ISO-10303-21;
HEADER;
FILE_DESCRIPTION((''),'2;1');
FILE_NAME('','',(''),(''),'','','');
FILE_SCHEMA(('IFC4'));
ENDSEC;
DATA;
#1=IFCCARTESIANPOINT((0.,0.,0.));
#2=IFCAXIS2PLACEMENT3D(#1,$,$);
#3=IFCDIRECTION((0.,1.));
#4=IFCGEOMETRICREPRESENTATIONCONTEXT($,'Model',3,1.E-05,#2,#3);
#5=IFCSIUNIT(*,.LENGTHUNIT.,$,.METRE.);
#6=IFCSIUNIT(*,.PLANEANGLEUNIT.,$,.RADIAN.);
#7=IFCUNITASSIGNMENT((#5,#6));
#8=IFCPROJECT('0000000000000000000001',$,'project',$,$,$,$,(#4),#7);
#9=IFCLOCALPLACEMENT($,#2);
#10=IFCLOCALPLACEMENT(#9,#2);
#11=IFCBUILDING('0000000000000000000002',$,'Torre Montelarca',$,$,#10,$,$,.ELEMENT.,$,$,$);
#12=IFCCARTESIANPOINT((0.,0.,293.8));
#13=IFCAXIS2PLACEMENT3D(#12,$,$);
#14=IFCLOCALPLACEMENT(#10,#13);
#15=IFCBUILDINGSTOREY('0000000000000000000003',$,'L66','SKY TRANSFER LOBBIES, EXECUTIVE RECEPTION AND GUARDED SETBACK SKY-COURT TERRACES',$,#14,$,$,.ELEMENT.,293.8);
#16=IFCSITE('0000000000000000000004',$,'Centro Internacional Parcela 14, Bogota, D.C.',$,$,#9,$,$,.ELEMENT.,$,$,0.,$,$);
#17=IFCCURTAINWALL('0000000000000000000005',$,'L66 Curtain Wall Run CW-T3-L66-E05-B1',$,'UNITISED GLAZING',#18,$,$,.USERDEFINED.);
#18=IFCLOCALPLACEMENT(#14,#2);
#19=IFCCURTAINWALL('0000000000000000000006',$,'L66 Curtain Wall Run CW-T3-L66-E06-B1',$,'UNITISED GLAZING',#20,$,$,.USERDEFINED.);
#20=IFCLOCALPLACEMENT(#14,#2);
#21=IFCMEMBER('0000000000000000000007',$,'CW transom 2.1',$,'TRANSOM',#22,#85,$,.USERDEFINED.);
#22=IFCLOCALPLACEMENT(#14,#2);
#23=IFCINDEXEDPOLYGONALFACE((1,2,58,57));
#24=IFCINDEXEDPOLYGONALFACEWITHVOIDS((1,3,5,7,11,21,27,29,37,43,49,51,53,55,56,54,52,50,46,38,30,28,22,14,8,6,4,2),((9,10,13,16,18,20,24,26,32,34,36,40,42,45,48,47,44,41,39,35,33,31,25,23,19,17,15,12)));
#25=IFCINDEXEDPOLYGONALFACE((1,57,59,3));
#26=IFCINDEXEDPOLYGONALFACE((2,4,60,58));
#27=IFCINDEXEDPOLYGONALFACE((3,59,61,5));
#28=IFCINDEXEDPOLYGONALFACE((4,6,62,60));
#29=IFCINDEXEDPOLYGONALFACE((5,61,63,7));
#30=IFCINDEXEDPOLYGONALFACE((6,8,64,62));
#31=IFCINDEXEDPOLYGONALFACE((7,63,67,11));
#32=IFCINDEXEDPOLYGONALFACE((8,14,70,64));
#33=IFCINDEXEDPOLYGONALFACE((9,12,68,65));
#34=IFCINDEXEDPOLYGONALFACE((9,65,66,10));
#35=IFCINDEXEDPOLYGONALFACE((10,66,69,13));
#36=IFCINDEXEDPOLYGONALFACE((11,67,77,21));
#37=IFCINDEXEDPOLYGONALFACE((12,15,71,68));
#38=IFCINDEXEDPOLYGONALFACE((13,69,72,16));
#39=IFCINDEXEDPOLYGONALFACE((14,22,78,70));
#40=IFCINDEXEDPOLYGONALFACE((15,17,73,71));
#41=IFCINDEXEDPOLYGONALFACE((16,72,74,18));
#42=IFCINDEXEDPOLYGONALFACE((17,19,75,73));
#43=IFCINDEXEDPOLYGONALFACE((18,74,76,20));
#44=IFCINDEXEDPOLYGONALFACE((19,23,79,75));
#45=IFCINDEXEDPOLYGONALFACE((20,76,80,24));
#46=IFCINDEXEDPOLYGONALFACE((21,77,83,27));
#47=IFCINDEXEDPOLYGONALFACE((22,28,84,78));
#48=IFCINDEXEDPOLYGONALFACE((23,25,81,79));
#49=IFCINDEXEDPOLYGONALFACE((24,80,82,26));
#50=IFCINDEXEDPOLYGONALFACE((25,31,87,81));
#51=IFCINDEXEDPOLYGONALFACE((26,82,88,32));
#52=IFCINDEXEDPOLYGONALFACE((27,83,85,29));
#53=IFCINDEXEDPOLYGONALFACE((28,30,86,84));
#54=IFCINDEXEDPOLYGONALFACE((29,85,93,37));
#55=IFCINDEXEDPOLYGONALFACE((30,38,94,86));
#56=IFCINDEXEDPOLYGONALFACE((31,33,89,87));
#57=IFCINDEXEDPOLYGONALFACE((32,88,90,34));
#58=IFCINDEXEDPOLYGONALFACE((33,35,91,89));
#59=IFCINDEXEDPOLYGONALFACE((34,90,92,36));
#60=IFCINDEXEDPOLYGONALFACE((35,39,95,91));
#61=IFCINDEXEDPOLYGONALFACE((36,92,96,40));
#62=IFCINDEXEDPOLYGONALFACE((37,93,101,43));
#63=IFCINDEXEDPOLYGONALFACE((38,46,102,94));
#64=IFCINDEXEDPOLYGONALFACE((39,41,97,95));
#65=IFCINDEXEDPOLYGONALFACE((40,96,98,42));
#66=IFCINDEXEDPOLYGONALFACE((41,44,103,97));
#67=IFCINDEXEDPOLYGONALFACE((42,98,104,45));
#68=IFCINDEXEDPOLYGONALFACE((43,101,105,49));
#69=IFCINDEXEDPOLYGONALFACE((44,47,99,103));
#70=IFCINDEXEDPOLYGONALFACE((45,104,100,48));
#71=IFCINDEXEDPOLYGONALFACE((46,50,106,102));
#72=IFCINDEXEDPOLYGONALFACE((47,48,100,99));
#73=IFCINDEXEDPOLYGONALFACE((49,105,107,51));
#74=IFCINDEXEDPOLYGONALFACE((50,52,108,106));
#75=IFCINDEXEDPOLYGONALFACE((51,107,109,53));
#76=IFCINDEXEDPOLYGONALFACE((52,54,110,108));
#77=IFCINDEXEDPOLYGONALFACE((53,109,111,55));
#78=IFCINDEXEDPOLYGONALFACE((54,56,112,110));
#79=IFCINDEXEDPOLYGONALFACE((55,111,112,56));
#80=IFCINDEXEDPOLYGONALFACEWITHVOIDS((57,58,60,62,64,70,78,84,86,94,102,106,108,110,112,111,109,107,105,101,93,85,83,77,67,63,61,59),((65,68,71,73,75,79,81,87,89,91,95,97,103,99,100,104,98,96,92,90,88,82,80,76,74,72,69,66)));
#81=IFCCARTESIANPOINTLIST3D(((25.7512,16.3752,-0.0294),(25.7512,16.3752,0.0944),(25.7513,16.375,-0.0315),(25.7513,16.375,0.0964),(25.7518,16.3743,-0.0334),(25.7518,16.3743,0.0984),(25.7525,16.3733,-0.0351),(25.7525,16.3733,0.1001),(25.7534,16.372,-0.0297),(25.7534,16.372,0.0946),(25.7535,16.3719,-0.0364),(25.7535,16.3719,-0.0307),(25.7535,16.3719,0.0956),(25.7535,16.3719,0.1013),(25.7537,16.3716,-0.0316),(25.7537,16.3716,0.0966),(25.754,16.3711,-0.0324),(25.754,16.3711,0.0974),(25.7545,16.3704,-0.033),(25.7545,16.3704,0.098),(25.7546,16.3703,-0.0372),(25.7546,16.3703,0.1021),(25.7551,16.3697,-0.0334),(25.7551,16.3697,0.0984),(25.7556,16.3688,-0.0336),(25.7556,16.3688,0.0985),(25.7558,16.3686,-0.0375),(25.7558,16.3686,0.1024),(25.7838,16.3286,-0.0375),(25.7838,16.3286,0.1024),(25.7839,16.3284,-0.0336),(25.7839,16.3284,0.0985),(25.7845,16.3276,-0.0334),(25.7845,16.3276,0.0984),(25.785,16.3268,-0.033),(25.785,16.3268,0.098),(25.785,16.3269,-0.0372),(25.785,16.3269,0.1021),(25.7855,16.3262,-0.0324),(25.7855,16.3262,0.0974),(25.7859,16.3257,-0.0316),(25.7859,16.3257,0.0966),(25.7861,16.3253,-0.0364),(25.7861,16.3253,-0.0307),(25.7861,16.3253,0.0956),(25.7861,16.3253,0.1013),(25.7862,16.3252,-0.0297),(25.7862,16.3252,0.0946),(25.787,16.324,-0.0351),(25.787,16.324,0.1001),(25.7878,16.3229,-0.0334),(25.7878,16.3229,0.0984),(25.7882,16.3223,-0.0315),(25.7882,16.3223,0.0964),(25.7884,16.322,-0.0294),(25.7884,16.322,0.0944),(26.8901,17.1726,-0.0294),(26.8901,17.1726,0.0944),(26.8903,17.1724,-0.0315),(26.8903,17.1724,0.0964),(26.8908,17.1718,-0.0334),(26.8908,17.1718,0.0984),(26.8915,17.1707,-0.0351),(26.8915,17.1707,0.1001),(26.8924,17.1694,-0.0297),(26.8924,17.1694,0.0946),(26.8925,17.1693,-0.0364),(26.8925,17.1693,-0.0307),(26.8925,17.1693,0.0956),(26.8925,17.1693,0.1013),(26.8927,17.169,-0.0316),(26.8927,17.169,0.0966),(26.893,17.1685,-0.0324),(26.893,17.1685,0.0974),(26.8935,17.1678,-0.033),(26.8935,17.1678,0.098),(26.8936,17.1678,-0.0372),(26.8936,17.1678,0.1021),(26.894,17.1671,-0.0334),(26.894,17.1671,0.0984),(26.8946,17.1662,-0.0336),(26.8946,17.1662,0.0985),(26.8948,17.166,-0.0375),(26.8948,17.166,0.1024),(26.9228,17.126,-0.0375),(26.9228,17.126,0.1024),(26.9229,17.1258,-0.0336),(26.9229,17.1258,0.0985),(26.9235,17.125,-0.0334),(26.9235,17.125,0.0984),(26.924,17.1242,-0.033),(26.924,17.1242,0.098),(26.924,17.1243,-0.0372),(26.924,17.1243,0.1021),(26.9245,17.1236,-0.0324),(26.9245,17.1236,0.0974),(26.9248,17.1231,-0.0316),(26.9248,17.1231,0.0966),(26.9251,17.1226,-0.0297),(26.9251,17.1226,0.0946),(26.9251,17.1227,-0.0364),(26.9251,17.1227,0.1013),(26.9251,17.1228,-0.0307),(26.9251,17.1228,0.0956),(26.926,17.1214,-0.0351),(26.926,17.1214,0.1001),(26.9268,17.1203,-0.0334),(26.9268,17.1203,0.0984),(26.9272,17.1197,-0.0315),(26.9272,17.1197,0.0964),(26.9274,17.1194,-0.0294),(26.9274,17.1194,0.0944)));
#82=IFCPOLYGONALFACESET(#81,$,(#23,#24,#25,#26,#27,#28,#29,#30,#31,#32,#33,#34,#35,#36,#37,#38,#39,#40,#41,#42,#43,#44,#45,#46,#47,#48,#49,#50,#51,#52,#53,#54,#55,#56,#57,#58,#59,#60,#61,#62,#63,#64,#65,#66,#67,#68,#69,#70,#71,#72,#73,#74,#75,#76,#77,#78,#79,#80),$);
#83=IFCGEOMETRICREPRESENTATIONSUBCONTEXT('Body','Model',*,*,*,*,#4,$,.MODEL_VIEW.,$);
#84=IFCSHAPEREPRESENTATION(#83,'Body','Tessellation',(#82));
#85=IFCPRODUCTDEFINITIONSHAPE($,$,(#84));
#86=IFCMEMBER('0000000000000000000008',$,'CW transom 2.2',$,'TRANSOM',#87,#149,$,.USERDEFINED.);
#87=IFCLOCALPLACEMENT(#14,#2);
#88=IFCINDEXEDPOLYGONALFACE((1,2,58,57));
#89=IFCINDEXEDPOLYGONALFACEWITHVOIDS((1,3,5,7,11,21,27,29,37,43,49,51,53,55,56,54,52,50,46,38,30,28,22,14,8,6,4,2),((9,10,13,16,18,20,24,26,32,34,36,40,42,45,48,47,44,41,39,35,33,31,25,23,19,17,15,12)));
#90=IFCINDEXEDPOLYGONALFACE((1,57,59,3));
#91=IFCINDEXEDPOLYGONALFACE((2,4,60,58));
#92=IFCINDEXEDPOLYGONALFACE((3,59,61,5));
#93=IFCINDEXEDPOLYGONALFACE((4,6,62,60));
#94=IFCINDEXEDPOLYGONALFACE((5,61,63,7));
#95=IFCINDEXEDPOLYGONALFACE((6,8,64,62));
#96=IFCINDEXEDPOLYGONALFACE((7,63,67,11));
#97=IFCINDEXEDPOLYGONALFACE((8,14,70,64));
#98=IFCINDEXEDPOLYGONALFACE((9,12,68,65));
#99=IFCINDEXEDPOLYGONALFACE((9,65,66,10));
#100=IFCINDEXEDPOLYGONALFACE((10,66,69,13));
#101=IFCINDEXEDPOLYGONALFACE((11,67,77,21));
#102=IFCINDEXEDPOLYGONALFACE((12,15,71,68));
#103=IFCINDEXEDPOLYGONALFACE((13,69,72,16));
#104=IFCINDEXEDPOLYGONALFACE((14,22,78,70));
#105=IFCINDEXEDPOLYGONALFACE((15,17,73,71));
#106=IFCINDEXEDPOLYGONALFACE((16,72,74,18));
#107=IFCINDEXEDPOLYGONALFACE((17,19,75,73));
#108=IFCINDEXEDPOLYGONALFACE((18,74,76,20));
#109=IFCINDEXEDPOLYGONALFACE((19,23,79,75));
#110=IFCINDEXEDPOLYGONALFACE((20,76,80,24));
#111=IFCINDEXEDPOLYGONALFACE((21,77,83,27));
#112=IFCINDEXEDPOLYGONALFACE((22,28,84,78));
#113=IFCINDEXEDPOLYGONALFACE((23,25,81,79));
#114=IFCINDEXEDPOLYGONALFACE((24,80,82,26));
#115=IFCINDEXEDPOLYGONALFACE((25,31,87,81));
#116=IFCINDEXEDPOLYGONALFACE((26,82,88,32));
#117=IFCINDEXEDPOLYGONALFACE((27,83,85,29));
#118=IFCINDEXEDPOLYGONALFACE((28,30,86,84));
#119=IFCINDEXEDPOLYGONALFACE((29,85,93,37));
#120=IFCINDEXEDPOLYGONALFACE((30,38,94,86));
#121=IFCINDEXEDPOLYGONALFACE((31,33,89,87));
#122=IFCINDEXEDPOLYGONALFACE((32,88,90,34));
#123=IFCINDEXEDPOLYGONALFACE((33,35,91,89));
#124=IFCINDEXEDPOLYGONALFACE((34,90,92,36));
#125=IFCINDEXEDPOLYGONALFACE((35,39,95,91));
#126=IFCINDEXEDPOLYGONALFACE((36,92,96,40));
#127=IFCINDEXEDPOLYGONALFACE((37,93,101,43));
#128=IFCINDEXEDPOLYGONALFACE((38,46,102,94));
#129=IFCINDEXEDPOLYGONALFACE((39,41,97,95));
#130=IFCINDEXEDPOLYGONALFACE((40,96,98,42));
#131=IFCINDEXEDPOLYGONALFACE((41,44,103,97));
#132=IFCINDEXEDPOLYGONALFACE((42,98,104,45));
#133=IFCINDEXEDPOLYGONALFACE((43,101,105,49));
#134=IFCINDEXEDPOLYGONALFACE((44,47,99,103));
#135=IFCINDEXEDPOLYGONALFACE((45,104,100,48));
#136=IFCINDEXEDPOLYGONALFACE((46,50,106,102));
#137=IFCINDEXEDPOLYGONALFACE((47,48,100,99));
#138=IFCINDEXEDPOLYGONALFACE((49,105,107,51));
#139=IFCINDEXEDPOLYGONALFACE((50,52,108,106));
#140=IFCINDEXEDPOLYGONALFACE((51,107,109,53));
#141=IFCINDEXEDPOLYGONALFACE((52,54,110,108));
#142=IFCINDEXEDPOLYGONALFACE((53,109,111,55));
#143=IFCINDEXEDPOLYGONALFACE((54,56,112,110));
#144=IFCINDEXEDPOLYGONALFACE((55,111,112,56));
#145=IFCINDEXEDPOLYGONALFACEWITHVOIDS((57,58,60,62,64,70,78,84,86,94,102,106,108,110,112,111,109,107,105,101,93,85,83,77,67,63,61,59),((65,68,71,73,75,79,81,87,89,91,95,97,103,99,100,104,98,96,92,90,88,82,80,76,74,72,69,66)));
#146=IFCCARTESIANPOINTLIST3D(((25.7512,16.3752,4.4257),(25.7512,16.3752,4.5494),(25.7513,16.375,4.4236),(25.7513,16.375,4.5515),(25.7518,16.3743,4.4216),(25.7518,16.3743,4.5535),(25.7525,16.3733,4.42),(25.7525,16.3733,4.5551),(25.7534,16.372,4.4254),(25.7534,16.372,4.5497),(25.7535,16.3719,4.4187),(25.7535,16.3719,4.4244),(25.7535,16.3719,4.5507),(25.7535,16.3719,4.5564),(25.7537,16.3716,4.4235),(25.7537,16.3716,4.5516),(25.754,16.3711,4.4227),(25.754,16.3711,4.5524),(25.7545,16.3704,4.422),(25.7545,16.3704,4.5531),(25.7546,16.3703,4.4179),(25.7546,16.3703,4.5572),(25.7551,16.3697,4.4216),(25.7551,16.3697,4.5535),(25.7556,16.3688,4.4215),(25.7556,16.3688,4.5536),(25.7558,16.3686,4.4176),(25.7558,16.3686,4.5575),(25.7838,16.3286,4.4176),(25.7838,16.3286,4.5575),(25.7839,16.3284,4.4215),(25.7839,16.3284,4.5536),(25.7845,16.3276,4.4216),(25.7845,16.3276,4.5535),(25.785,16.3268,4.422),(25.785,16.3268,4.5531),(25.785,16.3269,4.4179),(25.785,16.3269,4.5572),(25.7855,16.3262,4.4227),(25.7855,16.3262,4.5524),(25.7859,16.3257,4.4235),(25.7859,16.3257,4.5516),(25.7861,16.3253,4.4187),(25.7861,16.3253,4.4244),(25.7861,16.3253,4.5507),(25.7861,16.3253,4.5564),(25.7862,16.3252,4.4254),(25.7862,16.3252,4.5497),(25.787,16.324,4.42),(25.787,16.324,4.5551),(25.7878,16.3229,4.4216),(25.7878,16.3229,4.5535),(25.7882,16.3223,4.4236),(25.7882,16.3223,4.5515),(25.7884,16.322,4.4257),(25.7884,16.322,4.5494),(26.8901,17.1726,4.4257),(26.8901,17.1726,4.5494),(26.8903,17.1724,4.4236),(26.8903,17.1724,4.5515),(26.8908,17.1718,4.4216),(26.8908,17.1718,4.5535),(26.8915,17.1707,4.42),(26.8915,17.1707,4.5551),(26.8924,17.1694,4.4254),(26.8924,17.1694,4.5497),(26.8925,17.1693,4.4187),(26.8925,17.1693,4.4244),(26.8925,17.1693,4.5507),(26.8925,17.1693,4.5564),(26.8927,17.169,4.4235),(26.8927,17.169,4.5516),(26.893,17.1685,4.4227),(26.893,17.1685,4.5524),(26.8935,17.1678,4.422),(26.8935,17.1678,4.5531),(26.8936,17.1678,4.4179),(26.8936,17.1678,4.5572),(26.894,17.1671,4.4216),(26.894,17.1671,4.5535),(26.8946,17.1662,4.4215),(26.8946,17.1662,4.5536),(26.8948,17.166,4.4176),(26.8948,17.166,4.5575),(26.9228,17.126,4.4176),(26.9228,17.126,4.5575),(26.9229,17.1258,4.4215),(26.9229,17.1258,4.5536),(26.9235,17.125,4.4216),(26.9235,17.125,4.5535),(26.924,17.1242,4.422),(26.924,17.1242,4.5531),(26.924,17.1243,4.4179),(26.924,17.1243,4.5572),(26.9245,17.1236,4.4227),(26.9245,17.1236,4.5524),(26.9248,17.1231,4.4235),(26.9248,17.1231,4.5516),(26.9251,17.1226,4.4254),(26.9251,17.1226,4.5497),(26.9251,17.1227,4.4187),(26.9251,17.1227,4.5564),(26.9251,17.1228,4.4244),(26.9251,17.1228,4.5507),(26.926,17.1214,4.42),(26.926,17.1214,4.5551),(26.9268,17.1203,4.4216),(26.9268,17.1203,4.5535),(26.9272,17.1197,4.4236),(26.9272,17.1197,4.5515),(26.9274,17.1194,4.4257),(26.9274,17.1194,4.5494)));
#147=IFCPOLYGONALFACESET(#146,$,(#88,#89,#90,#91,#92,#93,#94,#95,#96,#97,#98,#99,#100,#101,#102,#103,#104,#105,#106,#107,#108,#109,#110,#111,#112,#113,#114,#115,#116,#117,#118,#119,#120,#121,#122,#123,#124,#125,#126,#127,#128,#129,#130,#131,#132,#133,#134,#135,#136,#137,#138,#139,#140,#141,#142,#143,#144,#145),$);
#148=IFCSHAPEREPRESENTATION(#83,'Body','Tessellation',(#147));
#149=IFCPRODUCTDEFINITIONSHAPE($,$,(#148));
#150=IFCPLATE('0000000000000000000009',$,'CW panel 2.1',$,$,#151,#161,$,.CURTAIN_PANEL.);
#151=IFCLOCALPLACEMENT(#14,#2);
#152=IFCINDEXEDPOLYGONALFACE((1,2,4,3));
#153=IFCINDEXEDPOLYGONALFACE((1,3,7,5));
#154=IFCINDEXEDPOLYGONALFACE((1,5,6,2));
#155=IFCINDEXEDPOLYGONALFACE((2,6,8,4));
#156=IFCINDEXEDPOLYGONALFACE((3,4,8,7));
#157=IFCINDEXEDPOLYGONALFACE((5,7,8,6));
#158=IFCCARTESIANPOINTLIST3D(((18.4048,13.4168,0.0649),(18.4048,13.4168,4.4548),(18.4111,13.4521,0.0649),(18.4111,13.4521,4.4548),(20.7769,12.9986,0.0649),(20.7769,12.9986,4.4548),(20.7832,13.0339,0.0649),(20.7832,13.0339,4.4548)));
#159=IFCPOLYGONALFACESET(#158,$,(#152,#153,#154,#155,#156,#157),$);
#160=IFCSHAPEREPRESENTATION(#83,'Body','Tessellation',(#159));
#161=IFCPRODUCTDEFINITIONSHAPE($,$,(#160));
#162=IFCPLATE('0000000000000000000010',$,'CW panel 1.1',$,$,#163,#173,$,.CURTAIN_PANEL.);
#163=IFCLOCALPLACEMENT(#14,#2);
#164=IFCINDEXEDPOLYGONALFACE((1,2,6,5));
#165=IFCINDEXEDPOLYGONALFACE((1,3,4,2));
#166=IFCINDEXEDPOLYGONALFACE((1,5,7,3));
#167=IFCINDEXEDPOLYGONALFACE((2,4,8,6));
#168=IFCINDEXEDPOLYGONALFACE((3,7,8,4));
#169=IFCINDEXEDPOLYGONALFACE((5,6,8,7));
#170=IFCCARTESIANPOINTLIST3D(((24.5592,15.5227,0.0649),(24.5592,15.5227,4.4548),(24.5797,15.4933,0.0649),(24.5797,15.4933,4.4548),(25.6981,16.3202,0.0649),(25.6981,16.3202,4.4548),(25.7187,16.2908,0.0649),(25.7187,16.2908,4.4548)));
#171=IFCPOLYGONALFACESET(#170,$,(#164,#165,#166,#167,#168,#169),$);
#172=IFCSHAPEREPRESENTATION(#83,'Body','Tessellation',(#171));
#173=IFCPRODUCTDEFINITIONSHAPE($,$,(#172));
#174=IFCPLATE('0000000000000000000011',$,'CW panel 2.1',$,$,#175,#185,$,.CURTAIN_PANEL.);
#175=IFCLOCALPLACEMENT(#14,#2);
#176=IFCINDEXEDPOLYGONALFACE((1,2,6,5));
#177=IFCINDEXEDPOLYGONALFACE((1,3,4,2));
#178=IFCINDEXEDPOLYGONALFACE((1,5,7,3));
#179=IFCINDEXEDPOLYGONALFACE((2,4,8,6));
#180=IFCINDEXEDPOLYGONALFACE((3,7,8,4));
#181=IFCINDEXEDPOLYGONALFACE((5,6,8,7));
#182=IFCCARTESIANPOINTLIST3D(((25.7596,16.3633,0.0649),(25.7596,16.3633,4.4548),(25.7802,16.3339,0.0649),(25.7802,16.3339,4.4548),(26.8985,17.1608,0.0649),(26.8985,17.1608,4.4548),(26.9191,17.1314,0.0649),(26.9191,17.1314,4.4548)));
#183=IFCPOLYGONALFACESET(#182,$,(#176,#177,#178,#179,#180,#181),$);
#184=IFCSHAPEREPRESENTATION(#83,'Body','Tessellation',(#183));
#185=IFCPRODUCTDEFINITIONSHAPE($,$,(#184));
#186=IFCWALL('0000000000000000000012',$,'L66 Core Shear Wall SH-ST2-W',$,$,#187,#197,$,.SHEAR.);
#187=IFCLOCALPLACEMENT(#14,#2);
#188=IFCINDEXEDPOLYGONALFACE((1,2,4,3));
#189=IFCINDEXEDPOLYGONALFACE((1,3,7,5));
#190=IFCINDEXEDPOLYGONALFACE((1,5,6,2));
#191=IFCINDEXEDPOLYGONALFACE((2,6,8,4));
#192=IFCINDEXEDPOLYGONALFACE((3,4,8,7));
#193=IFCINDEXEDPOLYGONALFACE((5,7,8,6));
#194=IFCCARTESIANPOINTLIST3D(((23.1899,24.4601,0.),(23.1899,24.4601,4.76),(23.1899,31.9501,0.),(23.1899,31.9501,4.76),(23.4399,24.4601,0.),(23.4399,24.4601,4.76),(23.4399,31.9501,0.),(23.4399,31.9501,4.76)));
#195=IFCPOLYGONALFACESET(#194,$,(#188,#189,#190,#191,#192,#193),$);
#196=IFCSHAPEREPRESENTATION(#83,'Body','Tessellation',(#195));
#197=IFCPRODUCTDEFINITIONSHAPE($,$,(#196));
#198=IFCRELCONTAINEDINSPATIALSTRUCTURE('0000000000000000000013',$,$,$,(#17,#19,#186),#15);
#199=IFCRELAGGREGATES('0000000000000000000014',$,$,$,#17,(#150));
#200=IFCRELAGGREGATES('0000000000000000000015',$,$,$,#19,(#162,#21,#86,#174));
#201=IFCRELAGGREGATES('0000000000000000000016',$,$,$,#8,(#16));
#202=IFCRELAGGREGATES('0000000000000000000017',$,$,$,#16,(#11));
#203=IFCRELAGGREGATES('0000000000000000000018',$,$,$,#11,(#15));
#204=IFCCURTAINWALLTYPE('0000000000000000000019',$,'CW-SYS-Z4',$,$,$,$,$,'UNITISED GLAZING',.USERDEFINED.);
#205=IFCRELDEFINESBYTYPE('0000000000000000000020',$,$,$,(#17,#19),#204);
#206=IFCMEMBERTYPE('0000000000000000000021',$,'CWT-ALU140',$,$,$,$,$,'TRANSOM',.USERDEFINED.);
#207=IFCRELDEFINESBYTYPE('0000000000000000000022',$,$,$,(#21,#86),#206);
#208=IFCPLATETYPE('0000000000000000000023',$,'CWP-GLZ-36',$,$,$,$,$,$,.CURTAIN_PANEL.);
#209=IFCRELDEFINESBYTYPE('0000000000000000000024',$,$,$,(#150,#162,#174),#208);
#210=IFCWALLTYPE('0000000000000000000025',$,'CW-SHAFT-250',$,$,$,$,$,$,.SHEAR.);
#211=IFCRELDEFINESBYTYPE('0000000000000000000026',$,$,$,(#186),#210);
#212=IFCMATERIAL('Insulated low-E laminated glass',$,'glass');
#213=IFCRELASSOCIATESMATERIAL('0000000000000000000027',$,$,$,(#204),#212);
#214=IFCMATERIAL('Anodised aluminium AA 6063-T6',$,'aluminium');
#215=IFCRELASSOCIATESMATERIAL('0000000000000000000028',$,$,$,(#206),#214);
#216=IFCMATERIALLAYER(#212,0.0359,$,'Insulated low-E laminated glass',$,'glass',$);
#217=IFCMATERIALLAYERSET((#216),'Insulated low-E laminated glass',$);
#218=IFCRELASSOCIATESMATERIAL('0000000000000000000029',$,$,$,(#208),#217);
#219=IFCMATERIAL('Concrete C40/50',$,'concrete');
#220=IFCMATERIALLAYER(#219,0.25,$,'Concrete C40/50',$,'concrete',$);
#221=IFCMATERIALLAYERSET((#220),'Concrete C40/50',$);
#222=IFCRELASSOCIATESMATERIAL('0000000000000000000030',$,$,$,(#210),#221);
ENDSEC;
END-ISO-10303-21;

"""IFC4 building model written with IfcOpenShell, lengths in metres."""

from ifc_helpers import new_model, si_unit, direction, frame, frame_2d, origin, origin_2d, place, context, subcontext, project, spatial, rectangle, hollow_rectangle, extrude, source, transform, mapped, material, layer, layer_set, material_profile, profile_set, type_object, element, aggregate, save


model = new_model("IFC4")

# Units and contexts
model_context = context("Model", 3, precision=1e-05, world=origin(), true_north=direction((0.0, 1.0)))
body_context = subcontext(model_context, "Body", "Model", "MODEL_VIEW")
ifc_project = project(units=[si_unit("LENGTHUNIT", "METRE"), si_unit("PLANEANGLEUNIT", "RADIAN")], contexts=[model_context])

# Site, building, storey
site_placement = place(None, origin())
site = spatial("IfcSite", under=ifc_project, at=site_placement, Name="Centro Internacional Parcela 14, Bogota, D.C.", CompositionType="ELEMENT", RefElevation=0.0)
building_placement = place(site_placement, origin())
building = spatial("IfcBuilding", under=site, at=building_placement, Name="Torre Montelarca", CompositionType="ELEMENT")
storey_placement = place(building_placement, frame((0.0, 0.0, 293.8)))
storey = spatial("IfcBuildingStorey", under=building, at=storey_placement, Name="L66", Description="SKY TRANSFER LOBBIES, EXECUTIVE RECEPTION AND GUARDED SETBACK SKY-COURT TERRACES", CompositionType="ELEMENT", Elevation=293.8)

# Curtain wall
ifc_material_1 = material(Name="Insulated low-E laminated glass", Category="glass")
curtain_wall_type = type_object("IfcCurtainWallType", Name="CW-SYS-Z4", ElementType="UNITISED GLAZING", PredefinedType="USERDEFINED", material=ifc_material_1)
curtain_wall_1_placement = place(storey_placement, origin())
curtain_wall_1 = element("IfcCurtainWall", 1, at=curtain_wall_1_placement, inside=storey, type_object=curtain_wall_type, Name="L66 Curtain Wall Run CW-T3-L66-E05-B1", ObjectType="UNITISED GLAZING", PredefinedType="USERDEFINED")
ifc_material_2 = material(Name="Anodised aluminium AA 6063-T6", Category="aluminium")

# Curtain wall
curtain_wall_2_placement = place(storey_placement, origin())
curtain_wall_2 = element("IfcCurtainWall", 2, at=curtain_wall_2_placement, inside=storey, type_object=curtain_wall_type, Name="L66 Curtain Wall Run CW-T3-L66-E06-B1", ObjectType="UNITISED GLAZING", PredefinedType="USERDEFINED")

# Members
ifc_material_profile_1 = material_profile(ifc_material_2, hollow_rectangle(XDim=0.0649, YDim=0.1399, WallThickness=0.0039, InnerFilletRadius=0.0039, OuterFilletRadius=0.0081, at=origin_2d()), Name="ALU65X140X4", Category="aluminium")
ifc_profile_set_1 = profile_set([ifc_material_profile_1], Name="Anodised aluminium AA 6063-T6")
member_type_1 = type_object("IfcMemberType", Name="CWT-ALU140", ElementType="TRANSOM", PredefinedType="USERDEFINED", material=ifc_profile_set_1)
shared_shape_1 = source(origin(), body_context, "Body", "SweptSolid", [
    extrude(hollow_rectangle(XDim=0.0649, YDim=0.1399, WallThickness=0.0039, InnerFilletRadius=0.0039, OuterFilletRadius=0.0081, at=origin_2d()), origin(), (0.0, 0.0, 1.0), 1.3904),
])
member_1_placement = place(storey_placement, frame((25.7698, 16.3486, 0.0325), z_axis=(0.819191, 0.573521, 0.0), x_axis=(-0.573521, 0.819191, 0.0)))
member_1 = element("IfcMember", 3, at=member_1_placement, type_object=member_type_1, Name="CW transom 2.1", ObjectType="TRANSOM", PredefinedType="USERDEFINED", context=body_context, shape_type="MappedRepresentation", body=[
    mapped(shared_shape_1, transform((0.0, 0.0, 0.0), scale=1.0)),
])
member_2_placement = place(storey_placement, frame((25.7698, 16.3486, 4.4875), z_axis=(0.819191, 0.573521, 0.0), x_axis=(-0.573521, 0.819191, 0.0)))
member_2 = element("IfcMember", 4, at=member_2_placement, type_object=member_type_1, Name="CW transom 2.2", ObjectType="TRANSOM", PredefinedType="USERDEFINED", context=body_context, shape_type="MappedRepresentation", body=[
    mapped(shared_shape_1, transform((0.0, 0.0, 0.0), scale=1.0)),
])

# Plates
ifc_layer_1 = layer(ifc_material_1, 0.0359, Name="Insulated low-E laminated glass", Category="glass")
ifc_layer_set_1 = layer_set([ifc_layer_1], Name="Insulated low-E laminated glass")
plate_type = type_object("IfcPlateType", Name="CWP-GLZ-36", PredefinedType="CURTAIN_PANEL", material=ifc_layer_set_1)
shared_shape_2 = source(origin(), body_context, "Body", "SweptSolid", [
    extrude(rectangle(XDim=2.4087, YDim=0.0359, at=origin_2d()), origin(), (0.0, 0.0, 1.0), 4.3899),
])
plate_1_placement = place(storey_placement, frame((19.594, 13.2253, 0.0649), z_axis=(0.0, 0.0, 1.0), x_axis=(0.98481, -0.173635, 0.0)))
plate_1 = element("IfcPlate", 5, at=plate_1_placement, type_object=plate_type, Name="CW panel 2.1", PredefinedType="CURTAIN_PANEL", context=body_context, shape_type="MappedRepresentation", body=[
    mapped(shared_shape_2, transform((0.0, 0.0, 0.0), scale=1.0)),
])
aggregate(curtain_wall_1, [plate_1])
shared_shape_3 = source(origin(), body_context, "Body", "SweptSolid", [
    extrude(rectangle(XDim=1.3904, YDim=0.0359, at=origin_2d()), origin(), (0.0, 0.0, 1.0), 4.3899),
])
plate_2_placement = place(storey_placement, frame((25.1389, 15.9067, 0.0649), z_axis=(0.0, 0.0, 1.0), x_axis=(0.81916, 0.573565, 0.0)))
plate_2 = element("IfcPlate", 6, at=plate_2_placement, type_object=plate_type, Name="CW panel 1.1", PredefinedType="CURTAIN_PANEL", context=body_context, shape_type="MappedRepresentation", body=[
    mapped(shared_shape_3, transform((0.0, 0.0, 0.0), scale=1.0)),
])
plate_3_placement = place(storey_placement, frame((26.3394, 16.7473, 0.0649), z_axis=(0.0, 0.0, 1.0), x_axis=(0.81916, 0.573565, 0.0)))
plate_3 = element("IfcPlate", 7, at=plate_3_placement, type_object=plate_type, Name="CW panel 2.1", PredefinedType="CURTAIN_PANEL", context=body_context, shape_type="MappedRepresentation", body=[
    mapped(shared_shape_3, transform((0.0, 0.0, 0.0), scale=1.0)),
])
aggregate(curtain_wall_2, [plate_2, member_1, member_2, plate_3])

# Wall
ifc_material_3 = material(Name="Concrete C40/50", Category="concrete")
ifc_layer_2 = layer(ifc_material_3, 0.25, Name="Concrete C40/50", Category="concrete")
ifc_layer_set_2 = layer_set([ifc_layer_2], Name="Concrete C40/50")
wall_type_1 = type_object("IfcWallType", Name="CW-SHAFT-250", PredefinedType="SHEAR", material=ifc_layer_set_2)
wall_1_placement = place(storey_placement, frame((23.3149, 24.46, 0.0), z_axis=(0.0, 0.0, 1.0), x_axis=(0.0, 1.0, 0.0)))
element("IfcWall", 8, at=wall_1_placement, inside=storey, type_object=wall_type_1, Name="L66 Core Shear Wall SH-ST2-W", PredefinedType="SHEAR", context=body_context, shape_type="SweptSolid", body=[
    extrude(rectangle(XDim=7.49, YDim=0.25, at=frame_2d((3.7451, 0.0))), origin(), (0.0, 0.0, 1.0), 4.76),
])

save(model, "model.ifc")
